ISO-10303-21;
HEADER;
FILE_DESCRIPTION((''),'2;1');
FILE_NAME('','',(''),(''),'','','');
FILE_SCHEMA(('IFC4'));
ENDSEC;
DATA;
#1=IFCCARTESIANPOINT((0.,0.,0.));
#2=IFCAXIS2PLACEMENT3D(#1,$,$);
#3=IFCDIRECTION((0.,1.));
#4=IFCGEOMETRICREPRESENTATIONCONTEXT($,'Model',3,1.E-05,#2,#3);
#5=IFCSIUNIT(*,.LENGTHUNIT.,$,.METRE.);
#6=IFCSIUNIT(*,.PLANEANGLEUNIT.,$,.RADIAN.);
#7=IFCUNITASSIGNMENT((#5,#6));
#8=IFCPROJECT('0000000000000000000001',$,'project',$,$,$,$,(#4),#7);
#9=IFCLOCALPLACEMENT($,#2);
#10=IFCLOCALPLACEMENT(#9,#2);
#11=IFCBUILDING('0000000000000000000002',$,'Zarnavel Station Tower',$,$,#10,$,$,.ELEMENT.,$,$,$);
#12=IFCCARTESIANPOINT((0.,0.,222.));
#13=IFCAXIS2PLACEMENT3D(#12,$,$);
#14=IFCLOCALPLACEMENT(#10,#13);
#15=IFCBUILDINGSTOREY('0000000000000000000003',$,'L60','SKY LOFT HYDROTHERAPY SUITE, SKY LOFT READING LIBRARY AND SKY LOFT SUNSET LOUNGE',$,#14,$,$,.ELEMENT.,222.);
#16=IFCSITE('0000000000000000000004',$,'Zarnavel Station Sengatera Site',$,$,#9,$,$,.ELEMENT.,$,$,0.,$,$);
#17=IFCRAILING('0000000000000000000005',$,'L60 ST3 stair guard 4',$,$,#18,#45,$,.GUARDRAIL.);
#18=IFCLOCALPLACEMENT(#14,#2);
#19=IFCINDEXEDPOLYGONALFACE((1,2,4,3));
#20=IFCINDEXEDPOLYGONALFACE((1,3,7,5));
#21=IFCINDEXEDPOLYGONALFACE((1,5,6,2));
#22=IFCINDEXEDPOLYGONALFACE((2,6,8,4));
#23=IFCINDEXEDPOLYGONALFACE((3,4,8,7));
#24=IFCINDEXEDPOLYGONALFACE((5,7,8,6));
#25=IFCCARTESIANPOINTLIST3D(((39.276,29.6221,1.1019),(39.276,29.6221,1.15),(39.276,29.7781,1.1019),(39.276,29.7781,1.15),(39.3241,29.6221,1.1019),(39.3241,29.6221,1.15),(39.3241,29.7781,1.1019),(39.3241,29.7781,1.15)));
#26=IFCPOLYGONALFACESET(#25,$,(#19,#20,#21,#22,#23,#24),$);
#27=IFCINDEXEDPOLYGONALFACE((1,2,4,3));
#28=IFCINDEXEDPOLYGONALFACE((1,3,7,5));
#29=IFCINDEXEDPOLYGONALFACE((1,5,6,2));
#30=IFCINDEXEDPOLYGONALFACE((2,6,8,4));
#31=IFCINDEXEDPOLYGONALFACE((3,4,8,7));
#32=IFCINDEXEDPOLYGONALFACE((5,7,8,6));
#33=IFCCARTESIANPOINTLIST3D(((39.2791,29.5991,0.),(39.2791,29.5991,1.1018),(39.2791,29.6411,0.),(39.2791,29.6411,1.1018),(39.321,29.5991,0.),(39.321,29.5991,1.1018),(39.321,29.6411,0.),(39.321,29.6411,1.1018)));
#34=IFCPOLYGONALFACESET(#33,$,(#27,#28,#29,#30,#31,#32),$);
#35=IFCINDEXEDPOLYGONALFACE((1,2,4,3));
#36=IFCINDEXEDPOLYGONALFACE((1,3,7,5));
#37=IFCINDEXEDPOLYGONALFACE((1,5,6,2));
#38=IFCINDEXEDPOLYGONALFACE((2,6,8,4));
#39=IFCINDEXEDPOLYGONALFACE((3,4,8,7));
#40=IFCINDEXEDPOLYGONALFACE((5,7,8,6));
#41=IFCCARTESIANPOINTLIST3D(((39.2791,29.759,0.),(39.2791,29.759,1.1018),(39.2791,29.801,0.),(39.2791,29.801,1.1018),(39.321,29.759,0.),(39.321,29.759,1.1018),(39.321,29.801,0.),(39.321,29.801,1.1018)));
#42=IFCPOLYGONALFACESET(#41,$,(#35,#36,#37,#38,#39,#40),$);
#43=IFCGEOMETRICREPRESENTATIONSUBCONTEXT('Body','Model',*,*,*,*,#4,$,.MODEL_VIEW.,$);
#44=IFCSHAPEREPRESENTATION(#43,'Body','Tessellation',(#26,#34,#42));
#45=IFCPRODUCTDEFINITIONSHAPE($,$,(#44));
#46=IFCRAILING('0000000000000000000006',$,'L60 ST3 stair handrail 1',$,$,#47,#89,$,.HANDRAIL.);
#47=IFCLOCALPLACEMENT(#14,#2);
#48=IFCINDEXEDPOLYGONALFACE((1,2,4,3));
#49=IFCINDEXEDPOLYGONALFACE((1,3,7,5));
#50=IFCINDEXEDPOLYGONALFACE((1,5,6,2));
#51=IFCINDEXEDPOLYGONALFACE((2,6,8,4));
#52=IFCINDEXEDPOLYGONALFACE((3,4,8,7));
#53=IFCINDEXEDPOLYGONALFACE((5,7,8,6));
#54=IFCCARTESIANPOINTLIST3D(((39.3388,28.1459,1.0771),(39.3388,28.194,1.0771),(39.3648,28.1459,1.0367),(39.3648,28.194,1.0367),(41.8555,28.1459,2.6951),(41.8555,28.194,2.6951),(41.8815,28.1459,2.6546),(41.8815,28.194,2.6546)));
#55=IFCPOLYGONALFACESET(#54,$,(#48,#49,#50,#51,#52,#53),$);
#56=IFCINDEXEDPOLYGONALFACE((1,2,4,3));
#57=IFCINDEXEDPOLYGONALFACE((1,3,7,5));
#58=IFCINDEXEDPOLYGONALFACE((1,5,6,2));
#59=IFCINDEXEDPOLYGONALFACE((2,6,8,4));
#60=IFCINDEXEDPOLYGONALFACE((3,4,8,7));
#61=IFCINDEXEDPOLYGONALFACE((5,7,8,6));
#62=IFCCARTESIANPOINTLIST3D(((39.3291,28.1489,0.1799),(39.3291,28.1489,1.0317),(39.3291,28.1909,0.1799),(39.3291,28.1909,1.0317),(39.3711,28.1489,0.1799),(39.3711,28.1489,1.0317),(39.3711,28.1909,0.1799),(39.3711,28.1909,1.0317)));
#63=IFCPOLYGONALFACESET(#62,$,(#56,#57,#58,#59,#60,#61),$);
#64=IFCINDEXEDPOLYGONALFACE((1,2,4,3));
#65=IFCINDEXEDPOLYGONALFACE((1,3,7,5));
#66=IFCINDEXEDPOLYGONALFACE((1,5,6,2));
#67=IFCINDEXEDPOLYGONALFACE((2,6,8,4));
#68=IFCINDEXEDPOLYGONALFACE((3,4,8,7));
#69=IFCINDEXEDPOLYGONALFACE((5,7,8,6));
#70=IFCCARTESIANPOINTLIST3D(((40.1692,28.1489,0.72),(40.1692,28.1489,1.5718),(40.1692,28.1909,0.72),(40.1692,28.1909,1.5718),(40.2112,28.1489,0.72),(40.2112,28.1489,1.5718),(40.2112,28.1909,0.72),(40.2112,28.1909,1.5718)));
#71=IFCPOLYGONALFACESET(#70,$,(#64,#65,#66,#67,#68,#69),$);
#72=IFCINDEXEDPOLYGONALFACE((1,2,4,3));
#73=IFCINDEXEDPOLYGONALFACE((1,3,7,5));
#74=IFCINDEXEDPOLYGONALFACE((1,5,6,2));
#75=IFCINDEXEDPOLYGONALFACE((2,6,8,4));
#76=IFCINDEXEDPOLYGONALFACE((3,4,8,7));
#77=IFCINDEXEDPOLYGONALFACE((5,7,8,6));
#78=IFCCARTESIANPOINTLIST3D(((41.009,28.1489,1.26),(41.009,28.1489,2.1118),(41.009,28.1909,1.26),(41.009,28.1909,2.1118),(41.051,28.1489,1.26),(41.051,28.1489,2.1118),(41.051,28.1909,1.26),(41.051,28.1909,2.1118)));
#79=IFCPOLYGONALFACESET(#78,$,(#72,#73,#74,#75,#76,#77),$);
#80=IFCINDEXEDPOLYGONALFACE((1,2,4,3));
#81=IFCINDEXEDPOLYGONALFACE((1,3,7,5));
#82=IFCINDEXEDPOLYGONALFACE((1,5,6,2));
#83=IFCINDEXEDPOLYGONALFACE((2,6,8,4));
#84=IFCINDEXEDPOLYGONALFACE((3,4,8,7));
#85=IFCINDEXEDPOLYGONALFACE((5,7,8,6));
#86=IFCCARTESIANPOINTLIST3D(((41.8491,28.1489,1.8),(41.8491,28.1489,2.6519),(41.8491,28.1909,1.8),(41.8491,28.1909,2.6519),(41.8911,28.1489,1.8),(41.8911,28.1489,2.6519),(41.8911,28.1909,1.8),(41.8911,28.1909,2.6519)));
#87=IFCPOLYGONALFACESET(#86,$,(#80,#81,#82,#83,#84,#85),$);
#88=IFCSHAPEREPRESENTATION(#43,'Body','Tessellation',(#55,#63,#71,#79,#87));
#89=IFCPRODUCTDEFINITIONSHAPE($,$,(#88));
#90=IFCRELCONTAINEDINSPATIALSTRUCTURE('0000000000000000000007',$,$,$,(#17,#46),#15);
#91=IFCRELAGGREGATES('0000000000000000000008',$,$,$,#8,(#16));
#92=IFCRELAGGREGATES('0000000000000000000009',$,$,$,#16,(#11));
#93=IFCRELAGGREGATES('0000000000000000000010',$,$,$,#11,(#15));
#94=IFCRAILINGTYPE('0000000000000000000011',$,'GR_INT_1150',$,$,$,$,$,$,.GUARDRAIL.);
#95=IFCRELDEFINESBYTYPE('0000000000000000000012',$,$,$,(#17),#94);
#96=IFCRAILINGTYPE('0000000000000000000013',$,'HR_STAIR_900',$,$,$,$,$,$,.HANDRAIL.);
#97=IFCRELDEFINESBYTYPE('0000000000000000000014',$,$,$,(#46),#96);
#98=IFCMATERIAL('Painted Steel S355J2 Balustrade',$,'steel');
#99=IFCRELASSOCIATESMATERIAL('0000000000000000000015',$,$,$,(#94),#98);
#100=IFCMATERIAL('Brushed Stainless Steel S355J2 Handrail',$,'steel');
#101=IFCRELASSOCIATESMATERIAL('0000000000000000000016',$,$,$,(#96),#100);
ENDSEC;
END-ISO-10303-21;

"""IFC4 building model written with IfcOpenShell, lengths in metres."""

from ifc_helpers import new_model, si_unit, direction, frame, origin, origin_2d, place, context, subcontext, project, spatial, rectangle, extrude, material, type_object, element, save


model = new_model("IFC4")

# Units and contexts
model_context = context("Model", 3, precision=1e-05, world=origin(), true_north=direction((0.0, 1.0)))
body_context = subcontext(model_context, "Body", "Model", "MODEL_VIEW")
ifc_project = project(units=[si_unit("LENGTHUNIT", "METRE"), si_unit("PLANEANGLEUNIT", "RADIAN")], contexts=[model_context])

# Site, building, storey
site_placement = place(None, origin())
site = spatial("IfcSite", under=ifc_project, at=site_placement, Name="Zarnavel Station Sengatera Site", CompositionType="ELEMENT", RefElevation=0.0)
building_placement = place(site_placement, origin())
building = spatial("IfcBuilding", under=site, at=building_placement, Name="Zarnavel Station Tower", CompositionType="ELEMENT")
storey_placement = place(building_placement, frame((0.0, 0.0, 222.0)))
storey = spatial("IfcBuildingStorey", under=building, at=storey_placement, Name="L60", Description="SKY LOFT HYDROTHERAPY SUITE, SKY LOFT READING LIBRARY AND SKY LOFT SUNSET LOUNGE", CompositionType="ELEMENT", Elevation=222.0)

# Railings
ifc_material_1 = material(Name="Painted Steel S355J2 Balustrade", Category="steel")
railing_type_1 = type_object("IfcRailingType", Name="GR_INT_1150", PredefinedType="GUARDRAIL", material=ifc_material_1)
railing_1_placement = place(storey_placement, frame((39.3, 29.6201, 0.0)))
element("IfcRailing", 1, at=railing_1_placement, inside=storey, type_object=railing_type_1, Name="L60 ST3 stair guard 4", PredefinedType="GUARDRAIL", context=body_context, shape_type="SweptSolid", body=[
    extrude(rectangle(XDim=0.0481, YDim=0.0481, at=origin_2d()), frame((0.0, 0.002, 1.126), z_axis=(0.0, 1.0, 0.0), x_axis=(-1.0, 0.0, 0.0)), (0.0, 0.0, 1.0), 0.156),
    extrude(rectangle(XDim=0.042, YDim=0.042, at=origin_2d()), origin(), (0.0, 0.0, 1.0), 1.1018),
    extrude(rectangle(XDim=0.042, YDim=0.042, at=origin_2d()), frame((0.0, 0.1599, 0.0)), (0.0, 0.0, 1.0), 1.1018),
])
ifc_material_2 = material(Name="Brushed Stainless Steel S355J2 Handrail", Category="steel")
railing_type_2 = type_object("IfcRailingType", Name="HR_STAIR_900", PredefinedType="HANDRAIL", material=ifc_material_2)
railing_2_placement = place(storey_placement, frame((39.3501, 28.1699, 0.1799)))
element("IfcRailing", 2, at=railing_2_placement, inside=storey, type_object=railing_type_2, Name="L60 ST3 stair handrail 1", PredefinedType="HANDRAIL", context=body_context, shape_type="SweptSolid", body=[
    extrude(rectangle(XDim=0.0481, YDim=0.0481, at=origin_2d()), frame((0.0017, 0.0, 0.877), z_axis=(0.841163, 0.0, 0.540782), x_axis=(0.0, 1.0, 0.0)), (0.0, 0.0, 1.0), 2.9919),
    extrude(rectangle(XDim=0.042, YDim=0.042, at=origin_2d()), origin(), (0.0, 0.0, 1.0), 0.8518),
    extrude(rectangle(XDim=0.042, YDim=0.042, at=origin_2d()), frame((0.8401, 0.0, 0.54)), (0.0, 0.0, 1.0), 0.8518),
    extrude(rectangle(XDim=0.042, YDim=0.042, at=origin_2d()), frame((1.6799, 0.0, 1.0801)), (0.0, 0.0, 1.0), 0.8518),
    extrude(rectangle(XDim=0.042, YDim=0.042, at=origin_2d()), frame((2.52, 0.0, 1.6201)), (0.0, 0.0, 1.0), 0.8518),
])

save(model, "model.ifc")
